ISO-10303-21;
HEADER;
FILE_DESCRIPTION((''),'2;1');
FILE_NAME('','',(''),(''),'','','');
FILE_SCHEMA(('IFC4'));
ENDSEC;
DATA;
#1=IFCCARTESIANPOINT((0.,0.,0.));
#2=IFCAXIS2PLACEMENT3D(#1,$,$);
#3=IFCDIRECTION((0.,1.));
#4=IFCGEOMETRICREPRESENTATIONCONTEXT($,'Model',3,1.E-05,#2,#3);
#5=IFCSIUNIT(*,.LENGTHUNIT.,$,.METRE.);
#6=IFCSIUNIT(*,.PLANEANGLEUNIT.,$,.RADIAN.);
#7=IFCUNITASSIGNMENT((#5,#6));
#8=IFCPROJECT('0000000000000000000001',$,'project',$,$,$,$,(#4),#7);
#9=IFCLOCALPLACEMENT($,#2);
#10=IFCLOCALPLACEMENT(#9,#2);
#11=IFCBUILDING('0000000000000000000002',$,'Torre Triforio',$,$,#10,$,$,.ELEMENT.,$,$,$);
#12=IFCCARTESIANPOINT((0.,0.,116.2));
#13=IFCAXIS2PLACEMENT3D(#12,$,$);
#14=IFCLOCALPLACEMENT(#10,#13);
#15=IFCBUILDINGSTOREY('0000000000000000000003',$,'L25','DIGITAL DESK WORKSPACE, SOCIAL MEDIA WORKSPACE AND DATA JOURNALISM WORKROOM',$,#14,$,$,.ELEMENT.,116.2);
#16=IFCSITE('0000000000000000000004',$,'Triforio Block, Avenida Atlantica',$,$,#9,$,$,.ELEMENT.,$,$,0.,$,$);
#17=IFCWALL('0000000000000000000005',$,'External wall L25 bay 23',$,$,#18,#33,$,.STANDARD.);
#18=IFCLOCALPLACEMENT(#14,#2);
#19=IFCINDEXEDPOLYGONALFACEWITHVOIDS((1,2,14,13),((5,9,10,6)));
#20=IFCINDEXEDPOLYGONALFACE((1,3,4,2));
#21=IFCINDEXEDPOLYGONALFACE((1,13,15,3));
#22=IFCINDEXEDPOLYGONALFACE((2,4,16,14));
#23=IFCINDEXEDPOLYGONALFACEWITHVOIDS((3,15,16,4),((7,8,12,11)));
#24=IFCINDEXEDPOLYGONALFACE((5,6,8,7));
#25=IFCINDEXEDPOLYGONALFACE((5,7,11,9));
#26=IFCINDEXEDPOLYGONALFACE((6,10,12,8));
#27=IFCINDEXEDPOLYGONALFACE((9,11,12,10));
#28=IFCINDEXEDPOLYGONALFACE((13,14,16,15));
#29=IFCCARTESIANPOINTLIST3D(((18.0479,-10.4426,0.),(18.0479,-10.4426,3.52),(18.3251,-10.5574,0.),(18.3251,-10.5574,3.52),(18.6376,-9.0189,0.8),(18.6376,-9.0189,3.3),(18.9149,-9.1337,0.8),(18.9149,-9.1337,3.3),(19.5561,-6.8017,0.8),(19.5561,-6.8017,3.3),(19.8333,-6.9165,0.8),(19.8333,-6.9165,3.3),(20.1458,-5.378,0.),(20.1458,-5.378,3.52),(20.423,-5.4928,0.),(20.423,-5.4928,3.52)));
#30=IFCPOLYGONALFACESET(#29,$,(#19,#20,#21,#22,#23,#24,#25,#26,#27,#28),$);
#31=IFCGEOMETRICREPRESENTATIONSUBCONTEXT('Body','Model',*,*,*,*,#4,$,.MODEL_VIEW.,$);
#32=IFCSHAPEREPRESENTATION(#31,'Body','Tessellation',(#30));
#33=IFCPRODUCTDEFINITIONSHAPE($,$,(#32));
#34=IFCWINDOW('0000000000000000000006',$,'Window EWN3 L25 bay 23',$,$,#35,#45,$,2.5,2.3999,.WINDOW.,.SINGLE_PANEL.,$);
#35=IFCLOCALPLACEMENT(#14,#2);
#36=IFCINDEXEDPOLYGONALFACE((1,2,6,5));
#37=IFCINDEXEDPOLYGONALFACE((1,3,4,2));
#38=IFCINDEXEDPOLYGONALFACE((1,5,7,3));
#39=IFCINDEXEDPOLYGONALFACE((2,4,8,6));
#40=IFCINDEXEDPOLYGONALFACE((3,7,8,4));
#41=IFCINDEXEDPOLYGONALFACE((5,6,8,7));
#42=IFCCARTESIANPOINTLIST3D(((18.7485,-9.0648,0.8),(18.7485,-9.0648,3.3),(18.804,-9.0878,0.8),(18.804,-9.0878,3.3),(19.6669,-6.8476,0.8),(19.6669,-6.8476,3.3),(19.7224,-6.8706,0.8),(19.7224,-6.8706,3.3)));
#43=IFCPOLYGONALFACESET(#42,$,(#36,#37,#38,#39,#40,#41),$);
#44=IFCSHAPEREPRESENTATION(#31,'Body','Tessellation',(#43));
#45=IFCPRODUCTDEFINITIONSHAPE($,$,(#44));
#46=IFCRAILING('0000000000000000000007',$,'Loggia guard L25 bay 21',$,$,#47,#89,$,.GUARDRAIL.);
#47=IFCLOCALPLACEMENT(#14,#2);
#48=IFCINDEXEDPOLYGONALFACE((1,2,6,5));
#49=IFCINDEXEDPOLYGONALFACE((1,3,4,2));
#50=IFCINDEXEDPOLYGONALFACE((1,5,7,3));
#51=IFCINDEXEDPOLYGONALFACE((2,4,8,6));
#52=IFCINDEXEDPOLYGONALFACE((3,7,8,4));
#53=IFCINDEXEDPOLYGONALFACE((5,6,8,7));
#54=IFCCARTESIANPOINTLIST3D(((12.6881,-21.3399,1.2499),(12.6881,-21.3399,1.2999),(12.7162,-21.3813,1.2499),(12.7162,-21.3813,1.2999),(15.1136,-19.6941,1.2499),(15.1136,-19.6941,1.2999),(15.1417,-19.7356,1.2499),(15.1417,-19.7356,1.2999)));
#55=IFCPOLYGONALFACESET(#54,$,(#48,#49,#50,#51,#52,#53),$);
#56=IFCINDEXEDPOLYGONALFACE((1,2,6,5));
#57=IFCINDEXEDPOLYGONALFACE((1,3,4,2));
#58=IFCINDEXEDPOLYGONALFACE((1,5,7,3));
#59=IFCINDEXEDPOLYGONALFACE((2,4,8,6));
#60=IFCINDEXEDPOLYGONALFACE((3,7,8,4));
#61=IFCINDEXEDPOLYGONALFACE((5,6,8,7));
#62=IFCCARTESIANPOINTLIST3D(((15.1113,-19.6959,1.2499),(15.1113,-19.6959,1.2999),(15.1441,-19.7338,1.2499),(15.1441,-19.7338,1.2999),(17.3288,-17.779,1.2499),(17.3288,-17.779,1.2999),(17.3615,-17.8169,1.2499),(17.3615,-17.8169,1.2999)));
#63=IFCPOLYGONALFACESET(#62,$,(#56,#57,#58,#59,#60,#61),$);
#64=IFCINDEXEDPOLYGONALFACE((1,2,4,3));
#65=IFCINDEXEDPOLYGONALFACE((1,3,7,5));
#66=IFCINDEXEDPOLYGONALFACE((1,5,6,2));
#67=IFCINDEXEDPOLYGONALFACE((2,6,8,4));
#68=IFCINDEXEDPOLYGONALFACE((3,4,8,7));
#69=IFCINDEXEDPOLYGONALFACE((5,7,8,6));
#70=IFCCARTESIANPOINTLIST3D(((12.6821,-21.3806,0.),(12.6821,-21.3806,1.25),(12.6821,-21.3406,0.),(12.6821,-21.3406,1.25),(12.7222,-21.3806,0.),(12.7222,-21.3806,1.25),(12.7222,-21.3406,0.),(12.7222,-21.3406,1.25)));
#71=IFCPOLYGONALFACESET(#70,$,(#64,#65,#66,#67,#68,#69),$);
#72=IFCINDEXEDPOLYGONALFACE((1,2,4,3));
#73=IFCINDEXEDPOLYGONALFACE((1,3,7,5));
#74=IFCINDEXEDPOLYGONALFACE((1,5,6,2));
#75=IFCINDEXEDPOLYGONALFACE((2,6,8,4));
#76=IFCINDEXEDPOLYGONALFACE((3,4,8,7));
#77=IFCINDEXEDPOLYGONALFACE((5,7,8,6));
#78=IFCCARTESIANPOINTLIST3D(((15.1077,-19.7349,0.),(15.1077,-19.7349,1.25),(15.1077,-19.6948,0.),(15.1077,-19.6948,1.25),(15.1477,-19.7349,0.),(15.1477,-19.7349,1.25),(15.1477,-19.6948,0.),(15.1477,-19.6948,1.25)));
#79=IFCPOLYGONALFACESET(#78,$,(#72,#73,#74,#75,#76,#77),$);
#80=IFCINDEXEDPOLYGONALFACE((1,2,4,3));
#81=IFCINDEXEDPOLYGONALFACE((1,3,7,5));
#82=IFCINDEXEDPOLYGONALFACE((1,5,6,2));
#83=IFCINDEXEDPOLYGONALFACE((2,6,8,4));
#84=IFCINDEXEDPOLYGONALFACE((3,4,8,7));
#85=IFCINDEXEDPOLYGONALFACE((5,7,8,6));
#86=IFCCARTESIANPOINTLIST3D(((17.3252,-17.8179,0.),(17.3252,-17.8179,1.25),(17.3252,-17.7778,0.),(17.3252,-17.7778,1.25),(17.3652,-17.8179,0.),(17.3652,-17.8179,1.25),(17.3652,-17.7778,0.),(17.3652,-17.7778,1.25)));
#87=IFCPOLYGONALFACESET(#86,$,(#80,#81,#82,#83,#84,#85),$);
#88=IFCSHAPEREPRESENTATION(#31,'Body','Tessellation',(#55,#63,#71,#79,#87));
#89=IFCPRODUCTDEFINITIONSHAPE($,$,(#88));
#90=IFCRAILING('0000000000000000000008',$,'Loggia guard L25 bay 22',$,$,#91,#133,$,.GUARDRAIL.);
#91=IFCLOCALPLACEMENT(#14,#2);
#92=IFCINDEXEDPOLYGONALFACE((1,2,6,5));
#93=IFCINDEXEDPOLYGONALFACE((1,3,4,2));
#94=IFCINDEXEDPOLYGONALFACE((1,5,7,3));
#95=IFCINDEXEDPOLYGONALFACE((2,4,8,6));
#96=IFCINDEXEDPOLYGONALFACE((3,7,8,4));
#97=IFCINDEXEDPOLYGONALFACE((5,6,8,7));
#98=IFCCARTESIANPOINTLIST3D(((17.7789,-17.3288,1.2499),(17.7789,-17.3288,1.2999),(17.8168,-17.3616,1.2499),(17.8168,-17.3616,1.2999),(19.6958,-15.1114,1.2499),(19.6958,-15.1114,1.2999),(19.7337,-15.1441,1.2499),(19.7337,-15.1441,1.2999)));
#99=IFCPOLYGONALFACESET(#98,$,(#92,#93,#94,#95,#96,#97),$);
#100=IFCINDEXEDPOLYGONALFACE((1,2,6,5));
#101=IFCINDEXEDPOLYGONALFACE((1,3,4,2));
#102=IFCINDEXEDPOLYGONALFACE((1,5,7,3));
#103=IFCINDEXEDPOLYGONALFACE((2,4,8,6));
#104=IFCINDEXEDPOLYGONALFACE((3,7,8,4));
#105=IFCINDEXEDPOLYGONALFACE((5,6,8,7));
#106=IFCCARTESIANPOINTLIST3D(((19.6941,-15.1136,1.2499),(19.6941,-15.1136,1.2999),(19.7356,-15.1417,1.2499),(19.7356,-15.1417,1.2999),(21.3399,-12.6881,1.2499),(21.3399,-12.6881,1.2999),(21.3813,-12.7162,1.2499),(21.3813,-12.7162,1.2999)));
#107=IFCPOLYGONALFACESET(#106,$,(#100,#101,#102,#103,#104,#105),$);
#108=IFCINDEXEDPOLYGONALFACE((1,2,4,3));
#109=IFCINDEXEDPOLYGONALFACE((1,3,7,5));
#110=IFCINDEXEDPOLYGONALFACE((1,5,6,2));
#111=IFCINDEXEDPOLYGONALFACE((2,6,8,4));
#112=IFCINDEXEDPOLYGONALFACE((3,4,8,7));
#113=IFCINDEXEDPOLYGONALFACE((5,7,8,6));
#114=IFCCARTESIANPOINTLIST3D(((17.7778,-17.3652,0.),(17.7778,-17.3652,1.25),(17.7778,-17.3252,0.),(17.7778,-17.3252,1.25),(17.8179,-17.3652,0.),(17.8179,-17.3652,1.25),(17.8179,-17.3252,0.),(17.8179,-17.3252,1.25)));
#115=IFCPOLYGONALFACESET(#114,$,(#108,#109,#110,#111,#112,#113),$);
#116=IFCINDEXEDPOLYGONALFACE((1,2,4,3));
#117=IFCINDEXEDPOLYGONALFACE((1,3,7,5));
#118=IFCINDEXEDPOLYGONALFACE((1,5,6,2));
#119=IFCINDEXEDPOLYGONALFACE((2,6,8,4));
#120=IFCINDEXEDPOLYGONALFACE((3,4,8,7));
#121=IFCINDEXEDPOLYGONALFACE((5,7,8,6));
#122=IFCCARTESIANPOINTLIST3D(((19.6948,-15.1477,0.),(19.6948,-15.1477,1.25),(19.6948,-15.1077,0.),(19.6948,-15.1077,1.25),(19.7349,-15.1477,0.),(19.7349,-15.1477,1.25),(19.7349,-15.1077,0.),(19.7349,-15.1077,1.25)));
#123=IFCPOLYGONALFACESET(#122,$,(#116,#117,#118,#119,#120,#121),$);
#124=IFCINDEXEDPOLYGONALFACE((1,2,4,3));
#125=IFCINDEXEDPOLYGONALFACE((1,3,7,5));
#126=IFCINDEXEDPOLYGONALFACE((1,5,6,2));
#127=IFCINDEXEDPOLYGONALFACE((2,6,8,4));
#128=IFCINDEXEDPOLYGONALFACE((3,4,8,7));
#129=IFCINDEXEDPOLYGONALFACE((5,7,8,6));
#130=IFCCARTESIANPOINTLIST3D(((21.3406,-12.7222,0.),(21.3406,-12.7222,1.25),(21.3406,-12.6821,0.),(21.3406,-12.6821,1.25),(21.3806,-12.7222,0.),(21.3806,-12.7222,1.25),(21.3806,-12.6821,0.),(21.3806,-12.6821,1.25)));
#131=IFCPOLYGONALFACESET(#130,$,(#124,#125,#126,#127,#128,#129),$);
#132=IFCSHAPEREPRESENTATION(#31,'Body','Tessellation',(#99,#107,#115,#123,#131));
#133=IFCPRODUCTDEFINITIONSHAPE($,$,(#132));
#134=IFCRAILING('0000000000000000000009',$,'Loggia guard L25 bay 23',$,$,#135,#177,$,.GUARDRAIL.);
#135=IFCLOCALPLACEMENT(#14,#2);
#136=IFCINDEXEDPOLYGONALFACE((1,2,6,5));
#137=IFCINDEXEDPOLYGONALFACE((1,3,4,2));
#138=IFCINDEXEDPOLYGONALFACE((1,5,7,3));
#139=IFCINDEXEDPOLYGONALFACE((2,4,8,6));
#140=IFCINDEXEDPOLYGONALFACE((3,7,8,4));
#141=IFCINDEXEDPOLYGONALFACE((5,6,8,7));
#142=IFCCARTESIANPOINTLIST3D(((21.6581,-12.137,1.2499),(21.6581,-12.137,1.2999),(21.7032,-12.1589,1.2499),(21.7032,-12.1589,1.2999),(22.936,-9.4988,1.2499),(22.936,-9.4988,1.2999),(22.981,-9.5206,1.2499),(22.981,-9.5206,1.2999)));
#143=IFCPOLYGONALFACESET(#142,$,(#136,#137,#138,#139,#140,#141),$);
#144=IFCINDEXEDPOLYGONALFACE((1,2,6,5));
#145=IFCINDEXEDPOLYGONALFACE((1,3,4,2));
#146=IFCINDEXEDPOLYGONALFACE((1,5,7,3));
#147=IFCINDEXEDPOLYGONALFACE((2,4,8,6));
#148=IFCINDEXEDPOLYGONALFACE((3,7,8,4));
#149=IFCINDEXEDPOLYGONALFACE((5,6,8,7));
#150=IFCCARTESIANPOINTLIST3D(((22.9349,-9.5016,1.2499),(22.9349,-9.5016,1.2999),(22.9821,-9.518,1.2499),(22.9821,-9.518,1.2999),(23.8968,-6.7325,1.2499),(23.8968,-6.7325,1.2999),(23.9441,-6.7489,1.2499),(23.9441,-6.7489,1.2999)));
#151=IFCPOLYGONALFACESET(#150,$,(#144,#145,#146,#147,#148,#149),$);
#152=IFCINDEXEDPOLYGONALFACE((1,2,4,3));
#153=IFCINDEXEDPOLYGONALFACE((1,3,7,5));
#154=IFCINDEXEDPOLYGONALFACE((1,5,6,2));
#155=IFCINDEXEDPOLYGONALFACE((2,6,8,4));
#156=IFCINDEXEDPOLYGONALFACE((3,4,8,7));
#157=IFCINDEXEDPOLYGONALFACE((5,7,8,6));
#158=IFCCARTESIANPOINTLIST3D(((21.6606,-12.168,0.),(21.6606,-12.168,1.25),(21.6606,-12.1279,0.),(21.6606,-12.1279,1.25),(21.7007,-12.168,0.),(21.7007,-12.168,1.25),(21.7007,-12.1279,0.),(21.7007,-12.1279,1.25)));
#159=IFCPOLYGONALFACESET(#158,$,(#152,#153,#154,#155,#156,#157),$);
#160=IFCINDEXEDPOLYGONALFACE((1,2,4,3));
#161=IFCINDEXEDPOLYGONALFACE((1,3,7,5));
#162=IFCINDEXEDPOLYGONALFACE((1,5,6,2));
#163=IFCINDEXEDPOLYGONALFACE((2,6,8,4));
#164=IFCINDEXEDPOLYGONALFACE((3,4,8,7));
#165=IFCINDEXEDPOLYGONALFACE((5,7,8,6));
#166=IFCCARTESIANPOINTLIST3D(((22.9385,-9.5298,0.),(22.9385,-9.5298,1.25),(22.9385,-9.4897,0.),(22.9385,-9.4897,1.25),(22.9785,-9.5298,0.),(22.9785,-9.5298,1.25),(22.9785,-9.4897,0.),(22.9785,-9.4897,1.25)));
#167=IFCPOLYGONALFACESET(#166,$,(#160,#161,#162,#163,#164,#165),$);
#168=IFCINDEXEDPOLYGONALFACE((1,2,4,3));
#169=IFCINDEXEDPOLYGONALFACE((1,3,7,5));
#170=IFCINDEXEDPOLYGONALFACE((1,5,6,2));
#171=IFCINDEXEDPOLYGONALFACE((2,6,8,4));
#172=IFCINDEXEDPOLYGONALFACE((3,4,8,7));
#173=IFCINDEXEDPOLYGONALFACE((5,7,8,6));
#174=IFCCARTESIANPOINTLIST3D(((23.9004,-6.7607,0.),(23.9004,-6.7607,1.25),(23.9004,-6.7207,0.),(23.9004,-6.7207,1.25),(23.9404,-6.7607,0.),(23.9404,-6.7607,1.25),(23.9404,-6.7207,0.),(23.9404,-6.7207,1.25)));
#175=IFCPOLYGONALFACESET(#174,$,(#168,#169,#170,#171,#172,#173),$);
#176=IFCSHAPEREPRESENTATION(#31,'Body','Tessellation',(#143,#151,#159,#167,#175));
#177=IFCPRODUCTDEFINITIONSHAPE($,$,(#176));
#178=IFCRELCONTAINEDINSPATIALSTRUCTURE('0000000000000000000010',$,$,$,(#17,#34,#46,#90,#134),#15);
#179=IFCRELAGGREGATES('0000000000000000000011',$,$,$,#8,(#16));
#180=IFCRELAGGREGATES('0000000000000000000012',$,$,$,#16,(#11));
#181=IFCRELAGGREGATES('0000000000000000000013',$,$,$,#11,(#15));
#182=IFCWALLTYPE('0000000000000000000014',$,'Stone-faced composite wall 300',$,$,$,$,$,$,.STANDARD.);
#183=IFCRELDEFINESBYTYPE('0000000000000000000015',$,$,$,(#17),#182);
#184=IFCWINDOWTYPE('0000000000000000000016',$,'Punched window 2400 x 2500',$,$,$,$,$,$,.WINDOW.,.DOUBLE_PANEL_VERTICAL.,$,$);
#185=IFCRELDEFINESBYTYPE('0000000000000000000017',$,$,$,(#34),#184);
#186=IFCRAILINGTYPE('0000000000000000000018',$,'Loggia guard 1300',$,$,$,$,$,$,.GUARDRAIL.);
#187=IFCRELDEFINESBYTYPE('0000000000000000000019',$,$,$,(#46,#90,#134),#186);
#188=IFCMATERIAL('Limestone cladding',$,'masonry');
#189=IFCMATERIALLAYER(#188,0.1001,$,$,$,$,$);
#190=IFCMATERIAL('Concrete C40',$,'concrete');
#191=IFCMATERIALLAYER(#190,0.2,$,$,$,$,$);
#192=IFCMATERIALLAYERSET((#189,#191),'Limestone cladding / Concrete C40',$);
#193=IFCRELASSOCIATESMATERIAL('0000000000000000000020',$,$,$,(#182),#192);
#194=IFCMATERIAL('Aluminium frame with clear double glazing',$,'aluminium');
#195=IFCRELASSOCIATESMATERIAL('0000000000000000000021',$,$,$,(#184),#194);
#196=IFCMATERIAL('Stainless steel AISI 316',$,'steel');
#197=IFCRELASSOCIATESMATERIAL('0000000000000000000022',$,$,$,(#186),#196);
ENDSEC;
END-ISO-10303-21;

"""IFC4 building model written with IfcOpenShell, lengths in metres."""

from ifc_helpers import new_model, si_unit, direction, frame, frame_2d, origin, origin_2d, place, context, subcontext, project, spatial, rectangle, extrude, material, layer, layer_set, type_object, element, fill, save


model = new_model("IFC4")

# Units and contexts
model_context = context("Model", 3, precision=1e-05, world=origin(), true_north=direction((0.0, 1.0)))
body_context = subcontext(model_context, "Body", "Model", "MODEL_VIEW")
ifc_project = project(units=[si_unit("LENGTHUNIT", "METRE"), si_unit("PLANEANGLEUNIT", "RADIAN")], contexts=[model_context])

# Site, building, storey
site_placement = place(None, origin())
site = spatial("IfcSite", under=ifc_project, at=site_placement, Name="Triforio Block, Avenida Atlantica", CompositionType="ELEMENT", RefElevation=0.0)
building_placement = place(site_placement, origin())
building = spatial("IfcBuilding", under=site, at=building_placement, Name="Torre Triforio", CompositionType="ELEMENT")
storey_placement = place(building_placement, frame((0.0, 0.0, 116.2)))
storey = spatial("IfcBuildingStorey", under=building, at=storey_placement, Name="L25", Description="DIGITAL DESK WORKSPACE, SOCIAL MEDIA WORKSPACE AND DATA JOURNALISM WORKROOM", CompositionType="ELEMENT", Elevation=116.2)

# Shared definitions
ifc_material_1 = material(Name="Limestone cladding", Category="masonry")
ifc_material_2 = material(Name="Concrete C40", Category="concrete")

# Shared definitions
ifc_layer_1 = layer(ifc_material_1, 0.1001)
ifc_layer_2 = layer(ifc_material_2, 0.2)
ifc_layer_set_1 = layer_set([ifc_layer_1, ifc_layer_2], Name="Limestone cladding / Concrete C40")
wall_type_1 = type_object("IfcWallType", Name="Stone-faced composite wall 300", PredefinedType="STANDARD", material=ifc_layer_set_1)
ifc_material_3 = material(Name="Aluminium frame with clear double glazing", Category="aluminium")
window_type_1 = type_object("IfcWindowType", Name="Punched window 2400 x 2500", PartitioningType="DOUBLE_PANEL_VERTICAL", PredefinedType="WINDOW", material=ifc_material_3)

# Wall, opening, window
wall_1_placement = place(storey_placement, frame((18.1865, -10.5, 0.0), z_axis=(0.0, 0.0, 1.0), x_axis=(0.382689, 0.923877, 0.0)))
wall_1 = element("IfcWall", 1, at=wall_1_placement, inside=storey, type_object=wall_type_1, Name="External wall L25 bay 23", PredefinedType="STANDARD", context=body_context, shape_type="SweptSolid", body=[
    extrude(rectangle(XDim=5.4819, YDim=0.3, at=frame_2d((2.741, 0.0))), origin(), (0.0, 0.0, 1.0), 3.52),
])
opening_1_placement = place(wall_1_placement, frame((1.541, 0.0, 0.8)))
opening_1 = element("IfcOpeningElement", 2, at=opening_1_placement, cuts=wall_1, PredefinedType="OPENING", context=body_context, shape_type="SweptSolid", body=[
    extrude(rectangle(XDim=2.3999, YDim=2.5, at=frame_2d((1.2, 1.25))), frame((0.0, 0.1599, 0.0), z_axis=(0.0, -1.0, 0.0), x_axis=(1.0, 0.0, 0.0)), (0.0, 0.0, 1.0), 0.3201),
])
window_1_placement = place(opening_1_placement, origin())
window_1 = element("IfcWindow", 3, at=window_1_placement, inside=storey, type_object=window_type_1, Name="Window EWN3 L25 bay 23", OverallHeight=2.5, OverallWidth=2.3999, PartitioningType="SINGLE_PANEL", PredefinedType="WINDOW", context=body_context, shape_type="SweptSolid", body=[
    extrude(rectangle(XDim=2.3999, YDim=2.5, at=frame_2d((1.2, 1.25))), frame((0.0, 0.03, 0.0), z_axis=(0.0, -1.0, 0.0), x_axis=(1.0, 0.0, 0.0)), (0.0, 0.0, 1.0), 0.0601),
])
fill(opening_1, window_1)

# Railings
ifc_material_4 = material(Name="Stainless steel AISI 316", Category="steel")
railing_type = type_object("IfcRailingType", Name="Loggia guard 1300", PredefinedType="GUARDRAIL", material=ifc_material_4)
railing_1_placement = place(storey_placement, frame((12.7021, -21.3606, 0.0)))
element("IfcRailing", 4, at=railing_1_placement, inside=storey, type_object=railing_type, Name="Loggia guard L25 bay 21", PredefinedType="GUARDRAIL", context=body_context, shape_type="SweptSolid", body=[
    extrude(rectangle(XDim=0.05, YDim=0.05, at=origin_2d()), frame((0.0, 0.0, 1.2749), z_axis=(0.827499, 0.561467, 0.0), x_axis=(-0.561467, 0.827499, 0.0)), (0.0, 0.0, 1.0), 2.9312),
    extrude(rectangle(XDim=0.05, YDim=0.05, at=origin_2d()), frame((2.4255, 1.6458, 1.2749), z_axis=(0.75651, 0.653982, 0.0), x_axis=(-0.653982, 0.75651, 0.0)), (0.0, 0.0, 1.0), 2.9312),
    extrude(rectangle(XDim=0.04, YDim=0.04, at=origin_2d()), origin(), (0.0, 0.0, 1.0), 1.25),
    extrude(rectangle(XDim=0.04, YDim=0.04, at=origin_2d()), frame((2.4255, 1.6458, 0.0)), (0.0, 0.0, 1.0), 1.25),
    extrude(rectangle(XDim=0.04, YDim=0.04, at=origin_2d()), frame((4.6431, 3.5627, 0.0)), (0.0, 0.0, 1.0), 1.25),
])
railing_2_placement = place(storey_placement, frame((17.7979, -17.3452, 0.0)))
element("IfcRailing", 5, at=railing_2_placement, inside=storey, type_object=railing_type, Name="Loggia guard L25 bay 22", PredefinedType="GUARDRAIL", context=body_context, shape_type="SweptSolid", body=[
    extrude(rectangle(XDim=0.05, YDim=0.05, at=origin_2d()), frame((0.0, 0.0, 1.2749), z_axis=(0.653982, 0.75651, 0.0), x_axis=(-0.75651, 0.653982, 0.0)), (0.0, 0.0, 1.0), 2.9312),
    extrude(rectangle(XDim=0.05, YDim=0.05, at=origin_2d()), frame((1.917, 2.2175, 1.2749), z_axis=(0.561467, 0.827499, 0.0), x_axis=(-0.827499, 0.561467, 0.0)), (0.0, 0.0, 1.0), 2.9312),
    extrude(rectangle(XDim=0.04, YDim=0.04, at=origin_2d()), origin(), (0.0, 0.0, 1.0), 1.25),
    extrude(rectangle(XDim=0.04, YDim=0.04, at=origin_2d()), frame((1.917, 2.2175, 0.0)), (0.0, 0.0, 1.0), 1.25),
    extrude(rectangle(XDim=0.04, YDim=0.04, at=origin_2d()), frame((3.5627, 4.6431, 0.0)), (0.0, 0.0, 1.0), 1.25),
])
railing_3_placement = place(storey_placement, frame((21.6807, -12.1479, 0.0)))
element("IfcRailing", 6, at=railing_3_placement, inside=storey, type_object=railing_type, Name="Loggia guard L25 bay 23", PredefinedType="GUARDRAIL", context=body_context, shape_type="SweptSolid", body=[
    extrude(rectangle(XDim=0.05, YDim=0.05, at=origin_2d()), frame((0.0, 0.0, 1.2749), z_axis=(0.435918, 0.899986, 0.0), x_axis=(-0.899986, 0.435918, 0.0)), (0.0, 0.0, 1.0), 2.9314),
    extrude(rectangle(XDim=0.05, YDim=0.05, at=origin_2d()), frame((1.2778, 2.6382, 1.2749), z_axis=(0.328146, 0.944627, 0.0), x_axis=(-0.944627, 0.328146, 0.0)), (0.0, 0.0, 1.0), 2.9314),
    extrude(rectangle(XDim=0.04, YDim=0.04, at=origin_2d()), origin(), (0.0, 0.0, 1.0), 1.25),
    extrude(rectangle(XDim=0.04, YDim=0.04, at=origin_2d()), frame((1.2778, 2.6382, 0.0)), (0.0, 0.0, 1.0), 1.25),
    extrude(rectangle(XDim=0.04, YDim=0.04, at=origin_2d()), frame((2.2397, 5.4072, 0.0)), (0.0, 0.0, 1.0), 1.25),
])

save(model, "model.ifc")
